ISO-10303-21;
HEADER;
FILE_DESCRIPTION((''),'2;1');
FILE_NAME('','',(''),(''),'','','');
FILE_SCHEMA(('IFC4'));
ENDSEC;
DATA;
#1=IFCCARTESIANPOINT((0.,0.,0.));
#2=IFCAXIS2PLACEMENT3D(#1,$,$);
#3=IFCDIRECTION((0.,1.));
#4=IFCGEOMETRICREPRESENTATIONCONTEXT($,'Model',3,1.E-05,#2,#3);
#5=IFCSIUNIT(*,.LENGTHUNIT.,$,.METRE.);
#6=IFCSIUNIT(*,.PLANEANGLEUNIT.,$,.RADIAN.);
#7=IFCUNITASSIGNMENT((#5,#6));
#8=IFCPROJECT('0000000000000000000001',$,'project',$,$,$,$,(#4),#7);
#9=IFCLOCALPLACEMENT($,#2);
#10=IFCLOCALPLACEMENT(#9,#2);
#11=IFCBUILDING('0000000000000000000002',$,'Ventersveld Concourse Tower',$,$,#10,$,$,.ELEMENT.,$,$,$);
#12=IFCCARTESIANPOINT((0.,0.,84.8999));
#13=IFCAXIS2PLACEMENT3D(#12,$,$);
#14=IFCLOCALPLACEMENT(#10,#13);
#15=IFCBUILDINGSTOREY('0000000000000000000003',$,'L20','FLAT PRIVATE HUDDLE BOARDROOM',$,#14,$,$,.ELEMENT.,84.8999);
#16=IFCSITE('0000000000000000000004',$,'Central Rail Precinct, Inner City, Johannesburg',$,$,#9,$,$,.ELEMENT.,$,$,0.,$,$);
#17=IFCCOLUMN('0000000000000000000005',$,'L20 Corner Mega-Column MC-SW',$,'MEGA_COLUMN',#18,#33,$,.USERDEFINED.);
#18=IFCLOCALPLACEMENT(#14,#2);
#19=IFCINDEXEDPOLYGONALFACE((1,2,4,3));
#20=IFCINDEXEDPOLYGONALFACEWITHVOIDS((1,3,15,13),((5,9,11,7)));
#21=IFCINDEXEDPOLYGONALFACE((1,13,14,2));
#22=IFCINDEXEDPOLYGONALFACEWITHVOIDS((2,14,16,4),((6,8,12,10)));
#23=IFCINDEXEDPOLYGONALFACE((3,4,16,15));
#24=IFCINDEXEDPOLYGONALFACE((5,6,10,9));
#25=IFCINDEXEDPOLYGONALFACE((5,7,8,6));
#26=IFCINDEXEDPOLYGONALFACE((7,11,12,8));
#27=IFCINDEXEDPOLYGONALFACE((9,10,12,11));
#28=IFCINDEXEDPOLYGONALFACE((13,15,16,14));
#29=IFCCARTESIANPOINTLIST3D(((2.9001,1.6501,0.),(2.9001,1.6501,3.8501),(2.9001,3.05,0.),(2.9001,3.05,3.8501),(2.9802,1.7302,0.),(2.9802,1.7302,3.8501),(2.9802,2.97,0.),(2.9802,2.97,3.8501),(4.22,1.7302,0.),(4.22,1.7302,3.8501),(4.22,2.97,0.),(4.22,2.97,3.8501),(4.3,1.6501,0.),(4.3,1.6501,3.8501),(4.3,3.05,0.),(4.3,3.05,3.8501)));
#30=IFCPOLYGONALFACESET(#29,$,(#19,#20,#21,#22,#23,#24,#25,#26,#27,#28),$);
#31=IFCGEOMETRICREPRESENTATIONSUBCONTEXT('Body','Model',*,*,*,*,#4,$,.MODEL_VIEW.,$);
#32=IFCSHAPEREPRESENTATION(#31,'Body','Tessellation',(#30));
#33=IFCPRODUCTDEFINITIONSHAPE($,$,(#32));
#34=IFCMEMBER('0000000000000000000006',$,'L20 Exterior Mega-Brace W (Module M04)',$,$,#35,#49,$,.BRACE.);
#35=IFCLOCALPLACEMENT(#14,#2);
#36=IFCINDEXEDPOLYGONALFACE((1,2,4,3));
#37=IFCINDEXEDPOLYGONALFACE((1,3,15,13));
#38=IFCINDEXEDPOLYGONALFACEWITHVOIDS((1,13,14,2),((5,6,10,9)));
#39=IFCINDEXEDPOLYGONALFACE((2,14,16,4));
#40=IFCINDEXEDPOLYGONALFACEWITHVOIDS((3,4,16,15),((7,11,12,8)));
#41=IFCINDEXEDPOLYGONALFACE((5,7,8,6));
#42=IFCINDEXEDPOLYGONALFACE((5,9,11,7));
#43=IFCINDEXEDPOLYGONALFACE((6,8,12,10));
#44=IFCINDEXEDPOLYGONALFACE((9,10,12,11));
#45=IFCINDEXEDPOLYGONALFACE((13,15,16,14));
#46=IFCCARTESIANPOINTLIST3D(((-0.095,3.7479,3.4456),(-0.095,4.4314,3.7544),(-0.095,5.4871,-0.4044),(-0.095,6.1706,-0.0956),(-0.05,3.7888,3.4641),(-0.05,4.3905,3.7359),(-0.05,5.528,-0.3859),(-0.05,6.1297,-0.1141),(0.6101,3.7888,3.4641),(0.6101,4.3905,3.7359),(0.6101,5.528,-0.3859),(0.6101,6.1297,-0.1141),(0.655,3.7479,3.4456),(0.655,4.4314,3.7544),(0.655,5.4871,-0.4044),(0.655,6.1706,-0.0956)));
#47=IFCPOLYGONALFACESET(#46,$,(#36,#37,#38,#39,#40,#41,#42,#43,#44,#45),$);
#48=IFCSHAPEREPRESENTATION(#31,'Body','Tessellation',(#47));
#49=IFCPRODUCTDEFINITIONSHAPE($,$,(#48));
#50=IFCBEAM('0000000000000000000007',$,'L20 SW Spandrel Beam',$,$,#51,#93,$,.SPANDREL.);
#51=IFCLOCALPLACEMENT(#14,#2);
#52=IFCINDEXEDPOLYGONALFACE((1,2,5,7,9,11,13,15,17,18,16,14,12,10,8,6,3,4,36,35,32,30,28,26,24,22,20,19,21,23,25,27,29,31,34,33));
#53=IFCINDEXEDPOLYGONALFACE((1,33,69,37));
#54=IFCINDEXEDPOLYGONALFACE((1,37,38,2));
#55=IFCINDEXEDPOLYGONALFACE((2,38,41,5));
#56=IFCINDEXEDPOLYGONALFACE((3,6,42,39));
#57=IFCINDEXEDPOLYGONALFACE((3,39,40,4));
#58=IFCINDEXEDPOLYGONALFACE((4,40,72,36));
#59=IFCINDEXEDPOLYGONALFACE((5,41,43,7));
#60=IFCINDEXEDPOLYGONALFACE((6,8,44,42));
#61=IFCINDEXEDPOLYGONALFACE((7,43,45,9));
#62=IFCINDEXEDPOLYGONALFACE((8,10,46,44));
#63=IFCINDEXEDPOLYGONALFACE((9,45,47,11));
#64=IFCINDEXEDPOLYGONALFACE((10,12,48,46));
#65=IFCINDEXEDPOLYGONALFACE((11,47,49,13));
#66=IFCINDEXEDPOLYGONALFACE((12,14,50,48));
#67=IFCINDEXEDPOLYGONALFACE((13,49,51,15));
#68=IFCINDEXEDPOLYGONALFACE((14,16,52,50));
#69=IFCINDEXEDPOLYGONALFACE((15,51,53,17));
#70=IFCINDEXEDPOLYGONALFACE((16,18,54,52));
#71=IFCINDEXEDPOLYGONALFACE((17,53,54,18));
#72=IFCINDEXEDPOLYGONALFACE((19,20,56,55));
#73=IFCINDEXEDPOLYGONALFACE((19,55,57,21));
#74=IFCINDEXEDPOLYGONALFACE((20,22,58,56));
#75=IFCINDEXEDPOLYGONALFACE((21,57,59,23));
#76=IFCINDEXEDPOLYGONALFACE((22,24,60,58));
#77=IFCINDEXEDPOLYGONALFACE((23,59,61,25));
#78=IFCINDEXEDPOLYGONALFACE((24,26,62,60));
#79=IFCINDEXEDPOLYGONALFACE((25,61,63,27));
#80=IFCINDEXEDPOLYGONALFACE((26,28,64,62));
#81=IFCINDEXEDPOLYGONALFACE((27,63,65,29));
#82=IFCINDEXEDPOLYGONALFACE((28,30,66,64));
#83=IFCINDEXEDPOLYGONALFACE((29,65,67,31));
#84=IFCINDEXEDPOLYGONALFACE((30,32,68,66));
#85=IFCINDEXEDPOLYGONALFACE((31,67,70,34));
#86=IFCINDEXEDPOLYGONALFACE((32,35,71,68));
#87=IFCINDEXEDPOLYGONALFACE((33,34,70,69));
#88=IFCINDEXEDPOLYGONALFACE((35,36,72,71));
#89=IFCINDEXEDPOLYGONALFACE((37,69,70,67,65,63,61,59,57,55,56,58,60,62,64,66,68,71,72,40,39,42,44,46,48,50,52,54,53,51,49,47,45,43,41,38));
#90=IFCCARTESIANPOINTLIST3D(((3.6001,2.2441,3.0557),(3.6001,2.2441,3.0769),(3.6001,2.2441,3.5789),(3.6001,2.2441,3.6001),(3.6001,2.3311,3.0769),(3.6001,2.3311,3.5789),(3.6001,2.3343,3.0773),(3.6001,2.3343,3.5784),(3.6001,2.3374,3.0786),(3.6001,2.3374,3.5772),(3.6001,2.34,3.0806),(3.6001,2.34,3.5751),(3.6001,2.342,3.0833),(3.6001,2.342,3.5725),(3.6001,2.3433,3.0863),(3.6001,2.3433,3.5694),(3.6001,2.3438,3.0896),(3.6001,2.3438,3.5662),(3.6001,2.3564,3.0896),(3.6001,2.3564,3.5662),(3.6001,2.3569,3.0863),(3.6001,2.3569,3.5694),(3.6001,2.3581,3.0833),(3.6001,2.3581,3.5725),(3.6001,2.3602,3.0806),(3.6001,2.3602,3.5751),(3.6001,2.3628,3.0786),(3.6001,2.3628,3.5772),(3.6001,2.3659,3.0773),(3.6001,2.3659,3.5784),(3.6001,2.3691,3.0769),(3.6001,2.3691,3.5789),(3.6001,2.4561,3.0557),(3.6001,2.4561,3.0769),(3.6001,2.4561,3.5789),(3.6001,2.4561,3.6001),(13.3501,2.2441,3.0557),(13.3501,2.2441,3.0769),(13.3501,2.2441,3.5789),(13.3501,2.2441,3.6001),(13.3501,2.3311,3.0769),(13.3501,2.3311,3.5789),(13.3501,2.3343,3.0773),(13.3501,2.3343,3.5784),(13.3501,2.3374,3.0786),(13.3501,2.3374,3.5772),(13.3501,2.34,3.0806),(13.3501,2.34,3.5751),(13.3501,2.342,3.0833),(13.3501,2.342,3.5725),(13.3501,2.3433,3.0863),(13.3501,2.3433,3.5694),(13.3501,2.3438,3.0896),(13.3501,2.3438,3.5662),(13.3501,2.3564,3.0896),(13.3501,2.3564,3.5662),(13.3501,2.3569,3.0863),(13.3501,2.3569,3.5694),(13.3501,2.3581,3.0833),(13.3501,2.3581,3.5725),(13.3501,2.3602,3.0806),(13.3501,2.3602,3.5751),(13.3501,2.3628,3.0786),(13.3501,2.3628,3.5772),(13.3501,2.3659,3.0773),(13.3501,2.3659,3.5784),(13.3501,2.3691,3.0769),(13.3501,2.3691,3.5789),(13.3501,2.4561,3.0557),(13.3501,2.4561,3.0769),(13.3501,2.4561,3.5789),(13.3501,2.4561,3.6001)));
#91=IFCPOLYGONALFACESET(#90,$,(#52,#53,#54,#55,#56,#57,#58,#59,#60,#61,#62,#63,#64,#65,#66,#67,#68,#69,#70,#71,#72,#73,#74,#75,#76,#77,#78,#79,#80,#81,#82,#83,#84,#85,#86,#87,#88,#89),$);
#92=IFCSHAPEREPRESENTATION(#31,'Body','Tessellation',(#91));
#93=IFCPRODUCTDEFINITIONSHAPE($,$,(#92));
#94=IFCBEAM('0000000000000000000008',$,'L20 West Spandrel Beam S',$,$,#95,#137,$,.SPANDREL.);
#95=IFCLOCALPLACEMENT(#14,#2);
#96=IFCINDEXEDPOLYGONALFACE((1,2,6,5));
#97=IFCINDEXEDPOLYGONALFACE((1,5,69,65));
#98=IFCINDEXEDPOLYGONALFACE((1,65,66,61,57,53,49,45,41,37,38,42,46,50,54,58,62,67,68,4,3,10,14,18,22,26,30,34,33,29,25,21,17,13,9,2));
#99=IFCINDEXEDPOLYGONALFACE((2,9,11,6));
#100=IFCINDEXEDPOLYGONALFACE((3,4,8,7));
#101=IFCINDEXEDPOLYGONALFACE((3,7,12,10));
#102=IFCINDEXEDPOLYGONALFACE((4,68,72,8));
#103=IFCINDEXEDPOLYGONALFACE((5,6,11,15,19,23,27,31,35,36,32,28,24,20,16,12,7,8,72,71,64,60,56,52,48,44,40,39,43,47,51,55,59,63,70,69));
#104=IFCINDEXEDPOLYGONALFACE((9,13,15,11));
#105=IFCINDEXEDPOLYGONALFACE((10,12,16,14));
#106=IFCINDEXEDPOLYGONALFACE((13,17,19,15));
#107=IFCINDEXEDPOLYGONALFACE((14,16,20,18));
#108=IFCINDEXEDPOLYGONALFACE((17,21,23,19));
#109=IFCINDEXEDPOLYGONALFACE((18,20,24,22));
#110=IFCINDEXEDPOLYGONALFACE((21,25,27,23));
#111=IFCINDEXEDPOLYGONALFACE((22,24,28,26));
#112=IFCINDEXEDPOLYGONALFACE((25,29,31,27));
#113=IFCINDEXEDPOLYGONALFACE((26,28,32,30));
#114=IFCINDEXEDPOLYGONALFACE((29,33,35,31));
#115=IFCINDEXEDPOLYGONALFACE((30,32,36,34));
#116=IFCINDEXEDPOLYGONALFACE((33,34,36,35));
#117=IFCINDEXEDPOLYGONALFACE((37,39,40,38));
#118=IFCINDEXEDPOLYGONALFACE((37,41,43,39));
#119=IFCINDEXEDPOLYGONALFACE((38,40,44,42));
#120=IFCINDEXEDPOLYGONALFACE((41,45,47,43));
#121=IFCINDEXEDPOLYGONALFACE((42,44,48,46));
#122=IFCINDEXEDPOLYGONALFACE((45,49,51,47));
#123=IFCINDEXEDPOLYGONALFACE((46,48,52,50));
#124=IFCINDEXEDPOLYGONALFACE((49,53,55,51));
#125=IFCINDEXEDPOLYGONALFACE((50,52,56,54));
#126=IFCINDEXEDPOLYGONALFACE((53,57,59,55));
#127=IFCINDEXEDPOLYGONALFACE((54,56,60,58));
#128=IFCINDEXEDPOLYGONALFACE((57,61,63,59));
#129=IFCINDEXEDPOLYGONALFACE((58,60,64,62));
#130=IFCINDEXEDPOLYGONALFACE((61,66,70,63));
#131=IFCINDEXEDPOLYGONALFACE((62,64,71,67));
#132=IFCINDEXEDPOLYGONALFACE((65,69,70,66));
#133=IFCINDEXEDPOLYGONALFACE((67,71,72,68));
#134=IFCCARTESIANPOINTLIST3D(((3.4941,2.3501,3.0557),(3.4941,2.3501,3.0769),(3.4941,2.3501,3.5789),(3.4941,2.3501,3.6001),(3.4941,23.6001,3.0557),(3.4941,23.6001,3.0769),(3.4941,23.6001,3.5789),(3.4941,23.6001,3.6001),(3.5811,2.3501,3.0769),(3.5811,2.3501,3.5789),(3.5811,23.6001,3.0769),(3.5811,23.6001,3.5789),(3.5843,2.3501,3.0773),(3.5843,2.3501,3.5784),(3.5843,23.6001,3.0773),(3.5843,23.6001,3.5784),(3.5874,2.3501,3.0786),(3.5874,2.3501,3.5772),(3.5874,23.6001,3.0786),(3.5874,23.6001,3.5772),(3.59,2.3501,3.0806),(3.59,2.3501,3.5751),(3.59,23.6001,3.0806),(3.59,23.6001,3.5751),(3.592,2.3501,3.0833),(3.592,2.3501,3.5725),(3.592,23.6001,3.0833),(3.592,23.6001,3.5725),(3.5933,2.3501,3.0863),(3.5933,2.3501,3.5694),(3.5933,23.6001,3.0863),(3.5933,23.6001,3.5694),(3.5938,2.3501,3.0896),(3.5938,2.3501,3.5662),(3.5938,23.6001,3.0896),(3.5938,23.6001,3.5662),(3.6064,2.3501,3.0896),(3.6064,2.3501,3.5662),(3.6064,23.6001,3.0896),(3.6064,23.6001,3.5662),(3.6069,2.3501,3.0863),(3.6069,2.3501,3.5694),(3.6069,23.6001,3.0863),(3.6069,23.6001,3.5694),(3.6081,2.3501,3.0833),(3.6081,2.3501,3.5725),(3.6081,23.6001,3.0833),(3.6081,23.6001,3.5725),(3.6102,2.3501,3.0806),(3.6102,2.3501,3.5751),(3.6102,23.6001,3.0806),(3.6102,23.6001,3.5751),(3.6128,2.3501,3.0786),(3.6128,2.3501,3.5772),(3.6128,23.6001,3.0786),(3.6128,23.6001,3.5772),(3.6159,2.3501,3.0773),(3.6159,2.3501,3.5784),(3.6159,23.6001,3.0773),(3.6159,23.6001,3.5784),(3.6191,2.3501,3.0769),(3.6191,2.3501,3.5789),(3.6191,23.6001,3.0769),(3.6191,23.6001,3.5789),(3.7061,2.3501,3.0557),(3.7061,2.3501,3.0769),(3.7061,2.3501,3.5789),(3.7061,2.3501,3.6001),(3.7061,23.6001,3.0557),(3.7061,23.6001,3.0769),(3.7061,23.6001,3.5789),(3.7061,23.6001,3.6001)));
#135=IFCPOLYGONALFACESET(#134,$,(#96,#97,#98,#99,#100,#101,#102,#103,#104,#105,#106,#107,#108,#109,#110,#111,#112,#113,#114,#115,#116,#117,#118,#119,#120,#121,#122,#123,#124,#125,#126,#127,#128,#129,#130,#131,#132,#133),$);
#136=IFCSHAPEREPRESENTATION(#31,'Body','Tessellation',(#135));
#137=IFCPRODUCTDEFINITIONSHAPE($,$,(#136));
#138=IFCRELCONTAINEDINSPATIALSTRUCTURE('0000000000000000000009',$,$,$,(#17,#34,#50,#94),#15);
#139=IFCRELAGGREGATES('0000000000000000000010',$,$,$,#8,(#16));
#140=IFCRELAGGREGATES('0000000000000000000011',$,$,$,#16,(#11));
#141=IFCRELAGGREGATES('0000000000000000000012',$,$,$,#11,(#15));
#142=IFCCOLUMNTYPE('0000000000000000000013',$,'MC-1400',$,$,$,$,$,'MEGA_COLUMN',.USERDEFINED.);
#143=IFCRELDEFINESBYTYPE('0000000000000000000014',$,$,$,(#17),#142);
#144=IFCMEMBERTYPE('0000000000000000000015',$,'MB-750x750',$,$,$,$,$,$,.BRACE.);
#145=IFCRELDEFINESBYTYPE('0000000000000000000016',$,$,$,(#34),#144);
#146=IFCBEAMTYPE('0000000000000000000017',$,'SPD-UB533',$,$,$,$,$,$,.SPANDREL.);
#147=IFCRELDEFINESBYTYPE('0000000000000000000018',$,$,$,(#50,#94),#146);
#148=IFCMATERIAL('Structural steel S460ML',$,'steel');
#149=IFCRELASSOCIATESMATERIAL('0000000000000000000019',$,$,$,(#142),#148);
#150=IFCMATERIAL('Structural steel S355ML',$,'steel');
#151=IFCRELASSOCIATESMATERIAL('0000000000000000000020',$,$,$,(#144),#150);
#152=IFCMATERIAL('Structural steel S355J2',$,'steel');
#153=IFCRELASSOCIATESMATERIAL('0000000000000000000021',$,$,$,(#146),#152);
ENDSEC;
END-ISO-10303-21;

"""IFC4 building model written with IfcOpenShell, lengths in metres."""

from ifc_helpers import new_model, si_unit, direction, frame, origin, origin_2d, place, context, subcontext, project, spatial, hollow_rectangle, i_section, extrude, material, material_profile, profile_set, type_object, element, save


model = new_model("IFC4")

# Units and contexts
model_context = context("Model", 3, precision=1e-05, world=origin(), true_north=direction((0.0, 1.0)))
body_context = subcontext(model_context, "Body", "Model", "MODEL_VIEW")
ifc_project = project(units=[si_unit("LENGTHUNIT", "METRE"), si_unit("PLANEANGLEUNIT", "RADIAN")], contexts=[model_context])

# Site, building, storey
site_placement = place(None, origin())
site = spatial("IfcSite", under=ifc_project, at=site_placement, Name="Central Rail Precinct, Inner City, Johannesburg", CompositionType="ELEMENT", RefElevation=0.0)
building_placement = place(site_placement, origin())
building = spatial("IfcBuilding", under=site, at=building_placement, Name="Ventersveld Concourse Tower", CompositionType="ELEMENT")
storey_placement = place(building_placement, frame((0.0, 0.0, 84.8999)))
storey = spatial("IfcBuildingStorey", under=building, at=storey_placement, Name="L20", Description="FLAT PRIVATE HUDDLE BOARDROOM", CompositionType="ELEMENT", Elevation=84.8999)

# Column
ifc_material_1 = material(Name="Structural steel S460ML", Category="steel")
ifc_material_profile_1 = material_profile(ifc_material_1, hollow_rectangle(XDim=1.3999, YDim=1.3999, WallThickness=0.0801, at=origin_2d()), Name="BOX 1400x1400x80")
ifc_profile_set_1 = profile_set([ifc_material_profile_1], Name="Structural steel S460ML")
column_type = type_object("IfcColumnType", Name="MC-1400", ElementType="MEGA_COLUMN", PredefinedType="USERDEFINED", material=ifc_profile_set_1)
column_placement = place(storey_placement, frame((3.6001, 2.3501, 0.0), z_axis=(0.0, 0.0, 1.0), x_axis=(1.0, 0.0, 0.0)))
element("IfcColumn", 1, at=column_placement, inside=storey, type_object=column_type, Name="L20 Corner Mega-Column MC-SW", ObjectType="MEGA_COLUMN", PredefinedType="USERDEFINED", context=body_context, shape_type="SweptSolid", body=[
    extrude(hollow_rectangle(XDim=1.3999, YDim=1.3999, WallThickness=0.0801, at=origin_2d()), origin(), (0.0, 0.0, 1.0), 3.8501),
])

# Member
ifc_material_2 = material(Name="Structural steel S355ML", Category="steel")
ifc_material_profile_2 = material_profile(ifc_material_2, hollow_rectangle(XDim=0.75, YDim=0.75, WallThickness=0.0449, at=origin_2d()), Name="BOX 750x750x45")
ifc_profile_set_2 = profile_set([ifc_material_profile_2], Name="Structural steel S355ML")
member_type = type_object("IfcMemberType", Name="MB-750x750", PredefinedType="BRACE", material=ifc_profile_set_2)
member_placement = place(storey_placement, frame((0.28, 5.8289, -0.25), z_axis=(0.0, -0.411686, 0.911326), x_axis=(1.0, 0.0, 0.0)))
element("IfcMember", 2, at=member_placement, inside=storey, type_object=member_type, Name="L20 Exterior Mega-Brace W (Module M04)", PredefinedType="BRACE", context=body_context, shape_type="SweptSolid", body=[
    extrude(hollow_rectangle(XDim=0.75, YDim=0.75, WallThickness=0.0449, at=origin_2d()), origin(), (0.0, 0.0, 1.0), 4.2246),
])

# Beams
ifc_material_3 = material(Name="Structural steel S355J2", Category="steel")
ifc_material_profile_3 = material_profile(ifc_material_3, i_section(OverallWidth=0.2119, OverallDepth=0.5444, WebThickness=0.0127, FlangeThickness=0.0212, FilletRadius=0.0127, at=origin_2d()), Name="UB 533x210x122")
ifc_profile_set_3 = profile_set([ifc_material_profile_3], Name="Structural steel S355J2")
beam_type = type_object("IfcBeamType", Name="SPD-UB533", PredefinedType="SPANDREL", material=ifc_profile_set_3)
beam_1_placement = place(storey_placement, frame((3.6001, 2.3501, 3.3279), z_axis=(1.0, 0.0, 0.0), x_axis=(0.0, 1.0, 0.0)))
element("IfcBeam", 3, at=beam_1_placement, inside=storey, type_object=beam_type, Name="L20 SW Spandrel Beam", PredefinedType="SPANDREL", context=body_context, shape_type="SweptSolid", body=[
    extrude(i_section(OverallWidth=0.2119, OverallDepth=0.5444, WebThickness=0.0127, FlangeThickness=0.0212, FilletRadius=0.0127, at=origin_2d()), origin(), (0.0, 0.0, 1.0), 9.75),
])
beam_2_placement = place(storey_placement, frame((3.6001, 2.3501, 3.3279), z_axis=(0.0, 1.0, 0.0), x_axis=(-1.0, 0.0, 0.0)))
element("IfcBeam", 4, at=beam_2_placement, inside=storey, type_object=beam_type, Name="L20 West Spandrel Beam S", PredefinedType="SPANDREL", context=body_context, shape_type="SweptSolid", body=[
    extrude(i_section(OverallWidth=0.2119, OverallDepth=0.5444, WebThickness=0.0127, FlangeThickness=0.0212, FilletRadius=0.0127, at=origin_2d()), origin(), (0.0, 0.0, 1.0), 21.25),
])

save(model, "model.ifc")
